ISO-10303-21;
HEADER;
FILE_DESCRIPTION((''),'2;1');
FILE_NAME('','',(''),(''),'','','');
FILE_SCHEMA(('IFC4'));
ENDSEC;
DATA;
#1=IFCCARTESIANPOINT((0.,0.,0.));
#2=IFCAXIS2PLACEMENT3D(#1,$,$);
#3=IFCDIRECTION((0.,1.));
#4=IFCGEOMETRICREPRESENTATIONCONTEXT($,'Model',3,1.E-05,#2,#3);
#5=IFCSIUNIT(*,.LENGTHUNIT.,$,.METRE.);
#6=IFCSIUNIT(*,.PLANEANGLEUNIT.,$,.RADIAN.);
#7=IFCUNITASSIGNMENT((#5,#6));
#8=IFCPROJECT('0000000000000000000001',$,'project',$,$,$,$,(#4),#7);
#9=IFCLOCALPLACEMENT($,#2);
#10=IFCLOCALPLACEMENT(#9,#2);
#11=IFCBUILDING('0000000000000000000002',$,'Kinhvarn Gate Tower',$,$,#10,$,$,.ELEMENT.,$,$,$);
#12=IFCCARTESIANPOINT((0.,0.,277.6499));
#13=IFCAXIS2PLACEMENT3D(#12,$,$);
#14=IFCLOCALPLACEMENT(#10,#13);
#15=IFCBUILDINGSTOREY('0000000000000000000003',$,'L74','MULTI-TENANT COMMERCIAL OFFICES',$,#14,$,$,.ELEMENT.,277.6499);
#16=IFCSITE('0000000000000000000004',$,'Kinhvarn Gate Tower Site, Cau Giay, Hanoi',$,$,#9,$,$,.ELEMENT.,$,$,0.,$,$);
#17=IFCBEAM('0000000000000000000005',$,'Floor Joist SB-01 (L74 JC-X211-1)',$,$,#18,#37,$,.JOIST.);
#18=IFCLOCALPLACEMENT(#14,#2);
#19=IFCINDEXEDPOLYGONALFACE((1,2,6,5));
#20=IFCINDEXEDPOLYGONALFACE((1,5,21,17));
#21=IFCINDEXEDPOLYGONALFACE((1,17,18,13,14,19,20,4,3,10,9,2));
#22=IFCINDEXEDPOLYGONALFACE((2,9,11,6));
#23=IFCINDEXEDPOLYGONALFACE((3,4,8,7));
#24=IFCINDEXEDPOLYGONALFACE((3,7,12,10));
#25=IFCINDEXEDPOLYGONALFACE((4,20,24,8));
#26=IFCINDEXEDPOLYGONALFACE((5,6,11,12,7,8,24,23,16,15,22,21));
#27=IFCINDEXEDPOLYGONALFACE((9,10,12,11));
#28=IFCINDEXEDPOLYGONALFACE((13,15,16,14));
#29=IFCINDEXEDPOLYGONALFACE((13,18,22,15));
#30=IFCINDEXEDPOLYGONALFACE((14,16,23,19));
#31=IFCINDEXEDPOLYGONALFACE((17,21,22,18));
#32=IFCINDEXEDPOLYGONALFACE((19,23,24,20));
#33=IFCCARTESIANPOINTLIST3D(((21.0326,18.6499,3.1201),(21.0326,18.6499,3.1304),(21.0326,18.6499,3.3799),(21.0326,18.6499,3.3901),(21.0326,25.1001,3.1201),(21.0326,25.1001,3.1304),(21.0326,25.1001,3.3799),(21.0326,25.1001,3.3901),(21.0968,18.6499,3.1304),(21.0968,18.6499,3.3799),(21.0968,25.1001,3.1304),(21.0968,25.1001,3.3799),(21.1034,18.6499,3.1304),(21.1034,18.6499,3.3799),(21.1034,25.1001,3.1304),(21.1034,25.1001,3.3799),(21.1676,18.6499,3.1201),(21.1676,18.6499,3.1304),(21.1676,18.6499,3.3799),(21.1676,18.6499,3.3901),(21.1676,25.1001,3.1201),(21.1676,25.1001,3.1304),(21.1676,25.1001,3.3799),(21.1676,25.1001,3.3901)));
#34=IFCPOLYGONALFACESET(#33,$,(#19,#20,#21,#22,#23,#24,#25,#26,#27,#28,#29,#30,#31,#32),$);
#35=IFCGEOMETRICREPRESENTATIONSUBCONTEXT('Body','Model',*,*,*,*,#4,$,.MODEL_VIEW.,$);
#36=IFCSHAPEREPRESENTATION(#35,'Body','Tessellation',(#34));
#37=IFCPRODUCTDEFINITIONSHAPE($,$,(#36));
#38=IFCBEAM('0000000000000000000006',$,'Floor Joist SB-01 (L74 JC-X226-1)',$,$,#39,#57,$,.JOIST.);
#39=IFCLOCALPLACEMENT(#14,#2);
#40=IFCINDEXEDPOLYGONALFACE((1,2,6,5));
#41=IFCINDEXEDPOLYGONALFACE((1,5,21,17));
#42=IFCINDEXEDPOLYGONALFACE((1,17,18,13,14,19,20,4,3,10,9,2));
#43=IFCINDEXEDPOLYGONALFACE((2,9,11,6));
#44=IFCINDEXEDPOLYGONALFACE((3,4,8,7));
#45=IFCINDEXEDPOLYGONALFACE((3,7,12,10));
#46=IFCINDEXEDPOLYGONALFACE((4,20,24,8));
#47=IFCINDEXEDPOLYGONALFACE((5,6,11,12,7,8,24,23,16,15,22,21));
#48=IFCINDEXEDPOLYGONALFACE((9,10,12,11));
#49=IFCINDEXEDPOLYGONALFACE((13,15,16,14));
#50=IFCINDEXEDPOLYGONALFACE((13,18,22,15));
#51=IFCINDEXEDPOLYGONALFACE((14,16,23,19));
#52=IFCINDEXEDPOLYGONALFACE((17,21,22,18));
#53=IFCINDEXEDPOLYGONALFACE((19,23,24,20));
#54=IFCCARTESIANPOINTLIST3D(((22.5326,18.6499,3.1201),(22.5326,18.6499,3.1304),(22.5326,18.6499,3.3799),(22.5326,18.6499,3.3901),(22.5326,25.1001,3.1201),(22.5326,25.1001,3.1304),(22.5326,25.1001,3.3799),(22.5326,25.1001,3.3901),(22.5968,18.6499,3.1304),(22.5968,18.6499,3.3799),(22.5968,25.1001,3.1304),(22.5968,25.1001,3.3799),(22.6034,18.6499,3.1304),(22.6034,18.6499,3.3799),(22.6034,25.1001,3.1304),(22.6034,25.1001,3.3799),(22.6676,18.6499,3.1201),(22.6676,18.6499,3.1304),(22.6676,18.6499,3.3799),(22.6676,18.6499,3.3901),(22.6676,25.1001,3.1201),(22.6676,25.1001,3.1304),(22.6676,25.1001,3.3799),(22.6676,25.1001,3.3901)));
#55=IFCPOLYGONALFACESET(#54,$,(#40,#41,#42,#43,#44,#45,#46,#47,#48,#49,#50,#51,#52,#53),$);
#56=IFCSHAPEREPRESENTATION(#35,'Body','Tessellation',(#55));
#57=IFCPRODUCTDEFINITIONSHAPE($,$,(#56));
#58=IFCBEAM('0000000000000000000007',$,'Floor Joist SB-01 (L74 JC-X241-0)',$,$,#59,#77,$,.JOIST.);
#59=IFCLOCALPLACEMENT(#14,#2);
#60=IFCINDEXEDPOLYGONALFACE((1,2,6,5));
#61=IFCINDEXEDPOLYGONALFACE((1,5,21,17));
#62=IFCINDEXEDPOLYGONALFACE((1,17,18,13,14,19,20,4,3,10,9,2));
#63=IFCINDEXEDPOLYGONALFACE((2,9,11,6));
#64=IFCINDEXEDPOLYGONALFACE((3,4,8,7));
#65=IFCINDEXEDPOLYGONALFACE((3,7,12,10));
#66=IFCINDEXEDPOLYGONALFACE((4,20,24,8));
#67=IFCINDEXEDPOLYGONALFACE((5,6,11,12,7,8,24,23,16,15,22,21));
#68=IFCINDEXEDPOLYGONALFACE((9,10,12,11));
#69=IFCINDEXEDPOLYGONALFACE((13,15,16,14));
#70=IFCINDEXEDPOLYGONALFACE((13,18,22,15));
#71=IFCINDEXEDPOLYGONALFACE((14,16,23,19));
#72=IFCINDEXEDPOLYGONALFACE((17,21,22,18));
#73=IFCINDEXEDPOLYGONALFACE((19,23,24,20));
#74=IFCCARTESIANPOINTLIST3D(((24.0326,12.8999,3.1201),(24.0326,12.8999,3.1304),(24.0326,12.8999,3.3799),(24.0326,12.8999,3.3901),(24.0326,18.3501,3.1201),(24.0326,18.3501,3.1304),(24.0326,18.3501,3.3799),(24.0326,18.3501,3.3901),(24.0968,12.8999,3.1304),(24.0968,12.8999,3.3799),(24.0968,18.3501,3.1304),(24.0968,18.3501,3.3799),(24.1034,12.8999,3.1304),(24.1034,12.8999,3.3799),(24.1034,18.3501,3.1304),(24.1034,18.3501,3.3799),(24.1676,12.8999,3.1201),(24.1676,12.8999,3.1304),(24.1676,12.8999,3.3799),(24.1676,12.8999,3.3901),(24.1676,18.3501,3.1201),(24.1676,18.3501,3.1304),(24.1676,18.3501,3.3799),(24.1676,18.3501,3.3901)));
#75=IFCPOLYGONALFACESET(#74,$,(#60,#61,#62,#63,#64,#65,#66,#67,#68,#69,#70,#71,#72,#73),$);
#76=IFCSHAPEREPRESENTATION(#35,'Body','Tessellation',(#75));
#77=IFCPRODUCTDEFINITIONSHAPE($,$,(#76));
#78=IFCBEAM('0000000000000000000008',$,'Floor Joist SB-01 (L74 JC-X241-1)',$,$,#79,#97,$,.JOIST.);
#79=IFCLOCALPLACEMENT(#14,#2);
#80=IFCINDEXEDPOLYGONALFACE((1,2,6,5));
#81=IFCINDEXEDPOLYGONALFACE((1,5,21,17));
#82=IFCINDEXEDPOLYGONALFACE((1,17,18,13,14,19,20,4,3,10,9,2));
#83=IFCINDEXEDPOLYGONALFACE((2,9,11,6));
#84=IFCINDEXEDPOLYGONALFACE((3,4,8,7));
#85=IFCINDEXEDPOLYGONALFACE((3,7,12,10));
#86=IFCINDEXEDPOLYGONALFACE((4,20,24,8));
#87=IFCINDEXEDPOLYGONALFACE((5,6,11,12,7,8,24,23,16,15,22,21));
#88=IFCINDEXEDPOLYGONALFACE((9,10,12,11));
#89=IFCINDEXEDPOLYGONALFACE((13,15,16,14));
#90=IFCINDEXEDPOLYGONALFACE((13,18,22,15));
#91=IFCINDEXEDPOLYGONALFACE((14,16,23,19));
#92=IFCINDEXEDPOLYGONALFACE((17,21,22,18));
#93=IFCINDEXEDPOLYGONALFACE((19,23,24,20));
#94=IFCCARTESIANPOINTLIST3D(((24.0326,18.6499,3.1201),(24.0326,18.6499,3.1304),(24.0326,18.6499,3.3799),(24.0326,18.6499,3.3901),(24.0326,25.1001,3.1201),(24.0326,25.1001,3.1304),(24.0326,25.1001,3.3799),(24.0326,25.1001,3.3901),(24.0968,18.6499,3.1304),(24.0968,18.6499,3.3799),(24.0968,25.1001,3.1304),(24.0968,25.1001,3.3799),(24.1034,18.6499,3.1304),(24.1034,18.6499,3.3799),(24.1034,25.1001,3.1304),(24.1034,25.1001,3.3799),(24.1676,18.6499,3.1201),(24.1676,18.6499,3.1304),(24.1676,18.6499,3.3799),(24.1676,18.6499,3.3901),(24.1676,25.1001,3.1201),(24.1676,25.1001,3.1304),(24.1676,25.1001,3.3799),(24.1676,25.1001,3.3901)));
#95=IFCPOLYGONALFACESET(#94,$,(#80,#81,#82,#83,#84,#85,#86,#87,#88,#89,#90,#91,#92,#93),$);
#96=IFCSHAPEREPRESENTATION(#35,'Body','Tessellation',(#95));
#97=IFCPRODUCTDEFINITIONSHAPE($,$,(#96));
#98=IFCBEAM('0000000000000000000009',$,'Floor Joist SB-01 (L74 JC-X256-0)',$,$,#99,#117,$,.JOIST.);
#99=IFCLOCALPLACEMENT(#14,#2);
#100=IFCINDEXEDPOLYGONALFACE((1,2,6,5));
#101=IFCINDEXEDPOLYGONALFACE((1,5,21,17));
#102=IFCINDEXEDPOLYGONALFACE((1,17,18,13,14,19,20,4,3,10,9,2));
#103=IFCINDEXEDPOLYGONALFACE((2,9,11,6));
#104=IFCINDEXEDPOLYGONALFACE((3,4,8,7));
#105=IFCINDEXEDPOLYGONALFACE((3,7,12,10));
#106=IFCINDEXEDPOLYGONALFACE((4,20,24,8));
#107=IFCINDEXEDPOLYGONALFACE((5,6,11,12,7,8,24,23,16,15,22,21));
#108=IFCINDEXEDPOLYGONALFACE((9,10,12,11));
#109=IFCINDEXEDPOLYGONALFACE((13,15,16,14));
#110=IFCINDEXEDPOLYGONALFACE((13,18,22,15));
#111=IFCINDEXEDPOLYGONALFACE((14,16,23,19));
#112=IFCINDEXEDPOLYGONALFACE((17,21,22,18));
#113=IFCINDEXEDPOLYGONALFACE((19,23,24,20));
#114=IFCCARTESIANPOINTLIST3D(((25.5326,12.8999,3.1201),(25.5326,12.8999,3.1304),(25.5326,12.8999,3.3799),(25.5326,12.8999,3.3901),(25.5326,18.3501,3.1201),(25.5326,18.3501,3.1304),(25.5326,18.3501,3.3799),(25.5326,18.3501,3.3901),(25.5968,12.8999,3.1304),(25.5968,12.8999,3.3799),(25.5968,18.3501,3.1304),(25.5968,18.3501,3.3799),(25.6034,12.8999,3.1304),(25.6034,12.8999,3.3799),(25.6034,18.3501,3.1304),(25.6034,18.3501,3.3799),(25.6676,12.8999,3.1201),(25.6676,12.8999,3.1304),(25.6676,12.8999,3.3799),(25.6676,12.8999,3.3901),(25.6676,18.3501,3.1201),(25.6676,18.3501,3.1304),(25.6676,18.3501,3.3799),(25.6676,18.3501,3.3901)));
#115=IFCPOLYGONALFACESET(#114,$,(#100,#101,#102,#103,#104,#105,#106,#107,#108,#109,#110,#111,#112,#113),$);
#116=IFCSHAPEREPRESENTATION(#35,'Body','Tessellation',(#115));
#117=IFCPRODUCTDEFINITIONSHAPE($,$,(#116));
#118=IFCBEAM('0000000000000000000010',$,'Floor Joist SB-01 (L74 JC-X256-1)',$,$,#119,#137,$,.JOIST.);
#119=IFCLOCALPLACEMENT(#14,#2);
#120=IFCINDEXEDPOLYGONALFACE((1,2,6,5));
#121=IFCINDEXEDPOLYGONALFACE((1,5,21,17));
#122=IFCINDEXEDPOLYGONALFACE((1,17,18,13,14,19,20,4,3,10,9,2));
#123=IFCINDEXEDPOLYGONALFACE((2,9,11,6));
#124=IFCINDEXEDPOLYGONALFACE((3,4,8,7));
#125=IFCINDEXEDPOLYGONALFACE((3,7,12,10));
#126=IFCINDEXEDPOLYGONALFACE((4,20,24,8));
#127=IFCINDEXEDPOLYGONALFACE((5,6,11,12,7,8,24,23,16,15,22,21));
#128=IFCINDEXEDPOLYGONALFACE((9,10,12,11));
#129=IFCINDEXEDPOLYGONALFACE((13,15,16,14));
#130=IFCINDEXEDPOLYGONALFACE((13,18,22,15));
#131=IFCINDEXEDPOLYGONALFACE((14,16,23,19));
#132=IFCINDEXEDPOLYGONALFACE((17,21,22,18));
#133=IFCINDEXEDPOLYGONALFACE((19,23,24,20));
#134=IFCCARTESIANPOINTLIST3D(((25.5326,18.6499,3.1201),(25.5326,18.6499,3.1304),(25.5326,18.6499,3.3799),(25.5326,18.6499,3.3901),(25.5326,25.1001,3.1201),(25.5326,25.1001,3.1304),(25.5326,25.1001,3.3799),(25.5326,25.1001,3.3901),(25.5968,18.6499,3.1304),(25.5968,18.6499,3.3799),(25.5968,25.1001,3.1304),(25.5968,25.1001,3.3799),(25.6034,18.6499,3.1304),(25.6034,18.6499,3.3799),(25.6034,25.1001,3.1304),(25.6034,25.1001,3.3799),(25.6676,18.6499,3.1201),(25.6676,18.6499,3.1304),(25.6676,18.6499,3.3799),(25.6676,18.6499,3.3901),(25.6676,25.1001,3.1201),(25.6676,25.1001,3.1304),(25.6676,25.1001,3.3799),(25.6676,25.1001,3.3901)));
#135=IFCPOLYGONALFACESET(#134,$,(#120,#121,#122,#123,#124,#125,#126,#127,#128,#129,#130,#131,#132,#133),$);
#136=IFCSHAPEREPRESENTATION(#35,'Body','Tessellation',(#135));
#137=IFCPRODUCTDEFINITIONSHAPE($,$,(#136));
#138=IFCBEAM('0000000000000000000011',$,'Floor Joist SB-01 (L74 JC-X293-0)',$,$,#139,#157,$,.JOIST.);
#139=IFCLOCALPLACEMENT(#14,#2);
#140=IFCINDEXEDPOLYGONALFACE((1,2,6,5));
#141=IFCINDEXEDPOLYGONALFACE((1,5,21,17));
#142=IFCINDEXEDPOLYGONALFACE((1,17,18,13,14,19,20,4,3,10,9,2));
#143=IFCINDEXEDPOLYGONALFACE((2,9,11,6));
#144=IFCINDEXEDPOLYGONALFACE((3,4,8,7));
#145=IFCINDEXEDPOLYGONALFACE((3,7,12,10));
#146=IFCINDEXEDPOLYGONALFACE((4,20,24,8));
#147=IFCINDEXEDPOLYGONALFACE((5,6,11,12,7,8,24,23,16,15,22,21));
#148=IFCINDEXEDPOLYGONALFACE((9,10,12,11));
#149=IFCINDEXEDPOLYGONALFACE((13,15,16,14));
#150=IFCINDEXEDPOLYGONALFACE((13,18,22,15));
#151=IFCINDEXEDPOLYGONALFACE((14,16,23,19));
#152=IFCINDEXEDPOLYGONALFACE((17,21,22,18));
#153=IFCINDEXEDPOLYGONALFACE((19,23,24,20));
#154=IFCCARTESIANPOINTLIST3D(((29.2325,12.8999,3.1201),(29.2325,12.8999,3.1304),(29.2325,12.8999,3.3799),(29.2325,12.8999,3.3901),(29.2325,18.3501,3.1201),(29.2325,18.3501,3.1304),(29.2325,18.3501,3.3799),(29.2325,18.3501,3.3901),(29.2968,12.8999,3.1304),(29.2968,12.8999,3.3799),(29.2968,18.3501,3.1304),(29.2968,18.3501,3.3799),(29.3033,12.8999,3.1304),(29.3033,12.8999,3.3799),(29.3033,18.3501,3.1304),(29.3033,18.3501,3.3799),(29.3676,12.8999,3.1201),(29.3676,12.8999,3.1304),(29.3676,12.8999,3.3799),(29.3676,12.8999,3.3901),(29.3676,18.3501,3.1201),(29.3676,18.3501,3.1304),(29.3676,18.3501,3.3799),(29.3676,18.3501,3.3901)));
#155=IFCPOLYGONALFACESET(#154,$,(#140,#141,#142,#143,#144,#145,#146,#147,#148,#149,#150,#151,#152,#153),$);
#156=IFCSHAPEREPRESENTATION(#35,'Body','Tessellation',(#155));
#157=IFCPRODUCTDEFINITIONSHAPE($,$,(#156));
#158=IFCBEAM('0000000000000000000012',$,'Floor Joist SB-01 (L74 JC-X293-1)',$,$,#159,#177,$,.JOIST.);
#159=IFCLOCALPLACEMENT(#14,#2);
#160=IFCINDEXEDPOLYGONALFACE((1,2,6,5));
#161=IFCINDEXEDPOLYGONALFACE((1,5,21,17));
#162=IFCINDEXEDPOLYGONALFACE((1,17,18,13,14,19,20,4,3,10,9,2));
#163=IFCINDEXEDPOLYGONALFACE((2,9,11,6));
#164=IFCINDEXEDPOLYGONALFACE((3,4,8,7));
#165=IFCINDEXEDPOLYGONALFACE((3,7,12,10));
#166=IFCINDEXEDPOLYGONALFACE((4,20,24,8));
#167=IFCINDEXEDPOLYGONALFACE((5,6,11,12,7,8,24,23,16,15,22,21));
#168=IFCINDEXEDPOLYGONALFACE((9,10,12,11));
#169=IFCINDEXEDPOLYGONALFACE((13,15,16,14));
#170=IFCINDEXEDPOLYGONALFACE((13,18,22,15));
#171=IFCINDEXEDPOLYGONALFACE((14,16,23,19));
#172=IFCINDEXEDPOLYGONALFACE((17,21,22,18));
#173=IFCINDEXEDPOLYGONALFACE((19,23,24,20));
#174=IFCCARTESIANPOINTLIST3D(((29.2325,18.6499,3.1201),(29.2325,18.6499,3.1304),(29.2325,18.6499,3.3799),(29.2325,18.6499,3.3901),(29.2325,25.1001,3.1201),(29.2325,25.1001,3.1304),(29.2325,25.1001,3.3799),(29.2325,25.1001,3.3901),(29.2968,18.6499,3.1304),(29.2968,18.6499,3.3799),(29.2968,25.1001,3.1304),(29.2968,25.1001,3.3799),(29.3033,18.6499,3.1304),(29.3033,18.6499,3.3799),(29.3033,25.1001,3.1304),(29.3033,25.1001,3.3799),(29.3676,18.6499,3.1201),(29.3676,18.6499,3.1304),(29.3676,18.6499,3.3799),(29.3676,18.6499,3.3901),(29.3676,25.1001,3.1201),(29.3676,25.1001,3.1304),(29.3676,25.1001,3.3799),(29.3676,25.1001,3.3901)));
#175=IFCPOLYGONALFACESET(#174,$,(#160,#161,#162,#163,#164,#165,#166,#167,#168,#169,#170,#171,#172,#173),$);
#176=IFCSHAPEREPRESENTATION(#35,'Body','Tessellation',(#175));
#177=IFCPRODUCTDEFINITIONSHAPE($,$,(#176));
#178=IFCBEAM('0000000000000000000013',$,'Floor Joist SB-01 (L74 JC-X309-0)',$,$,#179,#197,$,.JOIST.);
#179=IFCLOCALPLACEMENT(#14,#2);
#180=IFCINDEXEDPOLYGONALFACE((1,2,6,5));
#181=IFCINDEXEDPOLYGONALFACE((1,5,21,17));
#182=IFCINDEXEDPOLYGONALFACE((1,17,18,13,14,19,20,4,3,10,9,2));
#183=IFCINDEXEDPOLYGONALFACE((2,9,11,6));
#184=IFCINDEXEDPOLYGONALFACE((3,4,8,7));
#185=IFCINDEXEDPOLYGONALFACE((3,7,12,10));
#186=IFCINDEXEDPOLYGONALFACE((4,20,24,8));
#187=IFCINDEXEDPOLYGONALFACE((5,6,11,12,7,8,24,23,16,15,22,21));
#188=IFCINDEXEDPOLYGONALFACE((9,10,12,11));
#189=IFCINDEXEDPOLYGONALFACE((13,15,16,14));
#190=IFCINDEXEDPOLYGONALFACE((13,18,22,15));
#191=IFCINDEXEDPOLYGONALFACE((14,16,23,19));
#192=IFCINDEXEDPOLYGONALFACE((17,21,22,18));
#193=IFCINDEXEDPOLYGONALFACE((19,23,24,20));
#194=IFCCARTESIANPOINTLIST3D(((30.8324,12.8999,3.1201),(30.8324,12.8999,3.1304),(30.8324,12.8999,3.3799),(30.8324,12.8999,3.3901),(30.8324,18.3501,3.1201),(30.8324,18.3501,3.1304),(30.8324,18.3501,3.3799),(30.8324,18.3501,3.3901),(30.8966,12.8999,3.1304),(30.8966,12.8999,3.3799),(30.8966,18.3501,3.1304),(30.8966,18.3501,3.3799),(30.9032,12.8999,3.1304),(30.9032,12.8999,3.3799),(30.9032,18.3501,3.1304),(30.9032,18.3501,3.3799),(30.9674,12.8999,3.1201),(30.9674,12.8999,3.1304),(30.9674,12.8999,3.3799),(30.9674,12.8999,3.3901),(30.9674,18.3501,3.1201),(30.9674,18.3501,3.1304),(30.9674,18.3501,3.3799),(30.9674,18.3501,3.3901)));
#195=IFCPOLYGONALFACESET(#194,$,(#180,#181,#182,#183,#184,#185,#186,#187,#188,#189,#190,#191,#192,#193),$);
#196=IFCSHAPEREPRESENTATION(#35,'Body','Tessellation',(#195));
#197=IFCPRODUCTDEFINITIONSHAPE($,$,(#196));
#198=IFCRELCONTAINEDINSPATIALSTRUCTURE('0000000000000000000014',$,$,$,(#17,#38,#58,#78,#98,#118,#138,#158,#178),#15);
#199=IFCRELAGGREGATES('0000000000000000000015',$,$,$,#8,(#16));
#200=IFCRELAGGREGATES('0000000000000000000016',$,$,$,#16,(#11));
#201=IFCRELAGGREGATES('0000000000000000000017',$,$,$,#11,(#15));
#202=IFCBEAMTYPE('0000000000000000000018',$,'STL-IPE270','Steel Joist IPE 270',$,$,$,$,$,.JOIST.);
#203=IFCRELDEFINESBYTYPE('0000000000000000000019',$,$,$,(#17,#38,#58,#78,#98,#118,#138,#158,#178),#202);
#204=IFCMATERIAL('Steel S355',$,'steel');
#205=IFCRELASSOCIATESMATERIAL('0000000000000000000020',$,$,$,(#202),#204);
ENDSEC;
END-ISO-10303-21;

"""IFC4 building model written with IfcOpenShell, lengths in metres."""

from ifc_helpers import new_model, si_unit, direction, frame, origin, origin_2d, place, context, subcontext, project, spatial, i_section, extrude, material, material_profile, profile_set, type_object, element, save


model = new_model("IFC4")

# Units and contexts
model_context = context("Model", 3, precision=1e-05, world=origin(), true_north=direction((0.0, 1.0)))
body_context = subcontext(model_context, "Body", "Model", "MODEL_VIEW")
ifc_project = project(units=[si_unit("LENGTHUNIT", "METRE"), si_unit("PLANEANGLEUNIT", "RADIAN")], contexts=[model_context])

# Site, building, storey
site_placement = place(None, origin())
site = spatial("IfcSite", under=ifc_project, at=site_placement, Name="Kinhvarn Gate Tower Site, Cau Giay, Hanoi", CompositionType="ELEMENT", RefElevation=0.0)
building_placement = place(site_placement, origin())
building = spatial("IfcBuilding", under=site, at=building_placement, Name="Kinhvarn Gate Tower", CompositionType="ELEMENT")
storey_placement = place(building_placement, frame((0.0, 0.0, 277.6499)))
storey = spatial("IfcBuildingStorey", under=building, at=storey_placement, Name="L74", Description="MULTI-TENANT COMMERCIAL OFFICES", CompositionType="ELEMENT", Elevation=277.6499)

# Beams
ifc_material_1 = material(Name="Steel S355", Category="steel")
ifc_material_profile = material_profile(ifc_material_1, i_section(OverallWidth=0.135, OverallDepth=0.27, WebThickness=0.0066, FlangeThickness=0.0103, at=origin_2d()), Name="IPE 270")
ifc_profile_set = profile_set([ifc_material_profile], Name="Steel S355")
beam_type = type_object("IfcBeamType", Name="STL-IPE270", Description="Steel Joist IPE 270", PredefinedType="JOIST", material=ifc_profile_set)
for number, where, z_axis, x_axis, name in (
    (1, (21.1001, 18.6499, 3.2551), (0.0, 1.0, 0.0), (-1.0, 0.0, 0.0), "Floor Joist SB-01 (L74 JC-X211-1)"),
    (2, (22.6001, 18.6499, 3.2551), (0.0, 1.0, 0.0), (-1.0, 0.0, 0.0), "Floor Joist SB-01 (L74 JC-X226-1)"),
):
    element("IfcBeam", number, at=place(storey_placement, frame(where, z_axis=z_axis, x_axis=x_axis)), inside=storey, type_object=beam_type, Name=name, PredefinedType="JOIST", context=body_context, shape_type="SweptSolid", body=[
        extrude(i_section(OverallWidth=0.135, OverallDepth=0.27, WebThickness=0.0066, FlangeThickness=0.0103, at=origin_2d()), origin(), (0.0, 0.0, 1.0), 6.4502),
    ])
beam_1_placement = place(storey_placement, frame((24.1001, 12.8999, 3.2551), z_axis=(0.0, 1.0, 0.0), x_axis=(-1.0, 0.0, 0.0)))
element("IfcBeam", 3, at=beam_1_placement, inside=storey, type_object=beam_type, Name="Floor Joist SB-01 (L74 JC-X241-0)", PredefinedType="JOIST", context=body_context, shape_type="SweptSolid", body=[
    extrude(i_section(OverallWidth=0.135, OverallDepth=0.27, WebThickness=0.0066, FlangeThickness=0.0103, at=origin_2d()), origin(), (0.0, 0.0, 1.0), 5.4502),
])
beam_2_placement = place(storey_placement, frame((24.1001, 18.6499, 3.2551), z_axis=(0.0, 1.0, 0.0), x_axis=(-1.0, 0.0, 0.0)))
element("IfcBeam", 4, at=beam_2_placement, inside=storey, type_object=beam_type, Name="Floor Joist SB-01 (L74 JC-X241-1)", PredefinedType="JOIST", context=body_context, shape_type="SweptSolid", body=[
    extrude(i_section(OverallWidth=0.135, OverallDepth=0.27, WebThickness=0.0066, FlangeThickness=0.0103, at=origin_2d()), origin(), (0.0, 0.0, 1.0), 6.4502),
])
beam_3_placement = place(storey_placement, frame((25.6001, 12.8999, 3.2551), z_axis=(0.0, 1.0, 0.0), x_axis=(-1.0, 0.0, 0.0)))
element("IfcBeam", 5, at=beam_3_placement, inside=storey, type_object=beam_type, Name="Floor Joist SB-01 (L74 JC-X256-0)", PredefinedType="JOIST", context=body_context, shape_type="SweptSolid", body=[
    extrude(i_section(OverallWidth=0.135, OverallDepth=0.27, WebThickness=0.0066, FlangeThickness=0.0103, at=origin_2d()), origin(), (0.0, 0.0, 1.0), 5.4502),
])
beam_4_placement = place(storey_placement, frame((25.6001, 18.6499, 3.2551), z_axis=(0.0, 1.0, 0.0), x_axis=(-1.0, 0.0, 0.0)))
element("IfcBeam", 6, at=beam_4_placement, inside=storey, type_object=beam_type, Name="Floor Joist SB-01 (L74 JC-X256-1)", PredefinedType="JOIST", context=body_context, shape_type="SweptSolid", body=[
    extrude(i_section(OverallWidth=0.135, OverallDepth=0.27, WebThickness=0.0066, FlangeThickness=0.0103, at=origin_2d()), origin(), (0.0, 0.0, 1.0), 6.4502),
])
beam_5_placement = place(storey_placement, frame((29.3, 12.8999, 3.2551), z_axis=(0.0, 1.0, 0.0), x_axis=(-1.0, 0.0, 0.0)))
element("IfcBeam", 7, at=beam_5_placement, inside=storey, type_object=beam_type, Name="Floor Joist SB-01 (L74 JC-X293-0)", PredefinedType="JOIST", context=body_context, shape_type="SweptSolid", body=[
    extrude(i_section(OverallWidth=0.135, OverallDepth=0.27, WebThickness=0.0066, FlangeThickness=0.0103, at=origin_2d()), origin(), (0.0, 0.0, 1.0), 5.4502),
])
beam_6_placement = place(storey_placement, frame((29.3, 18.6499, 3.2551), z_axis=(0.0, 1.0, 0.0), x_axis=(-1.0, 0.0, 0.0)))
element("IfcBeam", 8, at=beam_6_placement, inside=storey, type_object=beam_type, Name="Floor Joist SB-01 (L74 JC-X293-1)", PredefinedType="JOIST", context=body_context, shape_type="SweptSolid", body=[
    extrude(i_section(OverallWidth=0.135, OverallDepth=0.27, WebThickness=0.0066, FlangeThickness=0.0103, at=origin_2d()), origin(), (0.0, 0.0, 1.0), 6.4502),
])
beam_7_placement = place(storey_placement, frame((30.8999, 12.8999, 3.2551), z_axis=(0.0, 1.0, 0.0), x_axis=(-1.0, 0.0, 0.0)))
element("IfcBeam", 9, at=beam_7_placement, inside=storey, type_object=beam_type, Name="Floor Joist SB-01 (L74 JC-X309-0)", PredefinedType="JOIST", context=body_context, shape_type="SweptSolid", body=[
    extrude(i_section(OverallWidth=0.135, OverallDepth=0.27, WebThickness=0.0066, FlangeThickness=0.0103, at=origin_2d()), origin(), (0.0, 0.0, 1.0), 5.4502),
])

save(model, "model.ifc")
